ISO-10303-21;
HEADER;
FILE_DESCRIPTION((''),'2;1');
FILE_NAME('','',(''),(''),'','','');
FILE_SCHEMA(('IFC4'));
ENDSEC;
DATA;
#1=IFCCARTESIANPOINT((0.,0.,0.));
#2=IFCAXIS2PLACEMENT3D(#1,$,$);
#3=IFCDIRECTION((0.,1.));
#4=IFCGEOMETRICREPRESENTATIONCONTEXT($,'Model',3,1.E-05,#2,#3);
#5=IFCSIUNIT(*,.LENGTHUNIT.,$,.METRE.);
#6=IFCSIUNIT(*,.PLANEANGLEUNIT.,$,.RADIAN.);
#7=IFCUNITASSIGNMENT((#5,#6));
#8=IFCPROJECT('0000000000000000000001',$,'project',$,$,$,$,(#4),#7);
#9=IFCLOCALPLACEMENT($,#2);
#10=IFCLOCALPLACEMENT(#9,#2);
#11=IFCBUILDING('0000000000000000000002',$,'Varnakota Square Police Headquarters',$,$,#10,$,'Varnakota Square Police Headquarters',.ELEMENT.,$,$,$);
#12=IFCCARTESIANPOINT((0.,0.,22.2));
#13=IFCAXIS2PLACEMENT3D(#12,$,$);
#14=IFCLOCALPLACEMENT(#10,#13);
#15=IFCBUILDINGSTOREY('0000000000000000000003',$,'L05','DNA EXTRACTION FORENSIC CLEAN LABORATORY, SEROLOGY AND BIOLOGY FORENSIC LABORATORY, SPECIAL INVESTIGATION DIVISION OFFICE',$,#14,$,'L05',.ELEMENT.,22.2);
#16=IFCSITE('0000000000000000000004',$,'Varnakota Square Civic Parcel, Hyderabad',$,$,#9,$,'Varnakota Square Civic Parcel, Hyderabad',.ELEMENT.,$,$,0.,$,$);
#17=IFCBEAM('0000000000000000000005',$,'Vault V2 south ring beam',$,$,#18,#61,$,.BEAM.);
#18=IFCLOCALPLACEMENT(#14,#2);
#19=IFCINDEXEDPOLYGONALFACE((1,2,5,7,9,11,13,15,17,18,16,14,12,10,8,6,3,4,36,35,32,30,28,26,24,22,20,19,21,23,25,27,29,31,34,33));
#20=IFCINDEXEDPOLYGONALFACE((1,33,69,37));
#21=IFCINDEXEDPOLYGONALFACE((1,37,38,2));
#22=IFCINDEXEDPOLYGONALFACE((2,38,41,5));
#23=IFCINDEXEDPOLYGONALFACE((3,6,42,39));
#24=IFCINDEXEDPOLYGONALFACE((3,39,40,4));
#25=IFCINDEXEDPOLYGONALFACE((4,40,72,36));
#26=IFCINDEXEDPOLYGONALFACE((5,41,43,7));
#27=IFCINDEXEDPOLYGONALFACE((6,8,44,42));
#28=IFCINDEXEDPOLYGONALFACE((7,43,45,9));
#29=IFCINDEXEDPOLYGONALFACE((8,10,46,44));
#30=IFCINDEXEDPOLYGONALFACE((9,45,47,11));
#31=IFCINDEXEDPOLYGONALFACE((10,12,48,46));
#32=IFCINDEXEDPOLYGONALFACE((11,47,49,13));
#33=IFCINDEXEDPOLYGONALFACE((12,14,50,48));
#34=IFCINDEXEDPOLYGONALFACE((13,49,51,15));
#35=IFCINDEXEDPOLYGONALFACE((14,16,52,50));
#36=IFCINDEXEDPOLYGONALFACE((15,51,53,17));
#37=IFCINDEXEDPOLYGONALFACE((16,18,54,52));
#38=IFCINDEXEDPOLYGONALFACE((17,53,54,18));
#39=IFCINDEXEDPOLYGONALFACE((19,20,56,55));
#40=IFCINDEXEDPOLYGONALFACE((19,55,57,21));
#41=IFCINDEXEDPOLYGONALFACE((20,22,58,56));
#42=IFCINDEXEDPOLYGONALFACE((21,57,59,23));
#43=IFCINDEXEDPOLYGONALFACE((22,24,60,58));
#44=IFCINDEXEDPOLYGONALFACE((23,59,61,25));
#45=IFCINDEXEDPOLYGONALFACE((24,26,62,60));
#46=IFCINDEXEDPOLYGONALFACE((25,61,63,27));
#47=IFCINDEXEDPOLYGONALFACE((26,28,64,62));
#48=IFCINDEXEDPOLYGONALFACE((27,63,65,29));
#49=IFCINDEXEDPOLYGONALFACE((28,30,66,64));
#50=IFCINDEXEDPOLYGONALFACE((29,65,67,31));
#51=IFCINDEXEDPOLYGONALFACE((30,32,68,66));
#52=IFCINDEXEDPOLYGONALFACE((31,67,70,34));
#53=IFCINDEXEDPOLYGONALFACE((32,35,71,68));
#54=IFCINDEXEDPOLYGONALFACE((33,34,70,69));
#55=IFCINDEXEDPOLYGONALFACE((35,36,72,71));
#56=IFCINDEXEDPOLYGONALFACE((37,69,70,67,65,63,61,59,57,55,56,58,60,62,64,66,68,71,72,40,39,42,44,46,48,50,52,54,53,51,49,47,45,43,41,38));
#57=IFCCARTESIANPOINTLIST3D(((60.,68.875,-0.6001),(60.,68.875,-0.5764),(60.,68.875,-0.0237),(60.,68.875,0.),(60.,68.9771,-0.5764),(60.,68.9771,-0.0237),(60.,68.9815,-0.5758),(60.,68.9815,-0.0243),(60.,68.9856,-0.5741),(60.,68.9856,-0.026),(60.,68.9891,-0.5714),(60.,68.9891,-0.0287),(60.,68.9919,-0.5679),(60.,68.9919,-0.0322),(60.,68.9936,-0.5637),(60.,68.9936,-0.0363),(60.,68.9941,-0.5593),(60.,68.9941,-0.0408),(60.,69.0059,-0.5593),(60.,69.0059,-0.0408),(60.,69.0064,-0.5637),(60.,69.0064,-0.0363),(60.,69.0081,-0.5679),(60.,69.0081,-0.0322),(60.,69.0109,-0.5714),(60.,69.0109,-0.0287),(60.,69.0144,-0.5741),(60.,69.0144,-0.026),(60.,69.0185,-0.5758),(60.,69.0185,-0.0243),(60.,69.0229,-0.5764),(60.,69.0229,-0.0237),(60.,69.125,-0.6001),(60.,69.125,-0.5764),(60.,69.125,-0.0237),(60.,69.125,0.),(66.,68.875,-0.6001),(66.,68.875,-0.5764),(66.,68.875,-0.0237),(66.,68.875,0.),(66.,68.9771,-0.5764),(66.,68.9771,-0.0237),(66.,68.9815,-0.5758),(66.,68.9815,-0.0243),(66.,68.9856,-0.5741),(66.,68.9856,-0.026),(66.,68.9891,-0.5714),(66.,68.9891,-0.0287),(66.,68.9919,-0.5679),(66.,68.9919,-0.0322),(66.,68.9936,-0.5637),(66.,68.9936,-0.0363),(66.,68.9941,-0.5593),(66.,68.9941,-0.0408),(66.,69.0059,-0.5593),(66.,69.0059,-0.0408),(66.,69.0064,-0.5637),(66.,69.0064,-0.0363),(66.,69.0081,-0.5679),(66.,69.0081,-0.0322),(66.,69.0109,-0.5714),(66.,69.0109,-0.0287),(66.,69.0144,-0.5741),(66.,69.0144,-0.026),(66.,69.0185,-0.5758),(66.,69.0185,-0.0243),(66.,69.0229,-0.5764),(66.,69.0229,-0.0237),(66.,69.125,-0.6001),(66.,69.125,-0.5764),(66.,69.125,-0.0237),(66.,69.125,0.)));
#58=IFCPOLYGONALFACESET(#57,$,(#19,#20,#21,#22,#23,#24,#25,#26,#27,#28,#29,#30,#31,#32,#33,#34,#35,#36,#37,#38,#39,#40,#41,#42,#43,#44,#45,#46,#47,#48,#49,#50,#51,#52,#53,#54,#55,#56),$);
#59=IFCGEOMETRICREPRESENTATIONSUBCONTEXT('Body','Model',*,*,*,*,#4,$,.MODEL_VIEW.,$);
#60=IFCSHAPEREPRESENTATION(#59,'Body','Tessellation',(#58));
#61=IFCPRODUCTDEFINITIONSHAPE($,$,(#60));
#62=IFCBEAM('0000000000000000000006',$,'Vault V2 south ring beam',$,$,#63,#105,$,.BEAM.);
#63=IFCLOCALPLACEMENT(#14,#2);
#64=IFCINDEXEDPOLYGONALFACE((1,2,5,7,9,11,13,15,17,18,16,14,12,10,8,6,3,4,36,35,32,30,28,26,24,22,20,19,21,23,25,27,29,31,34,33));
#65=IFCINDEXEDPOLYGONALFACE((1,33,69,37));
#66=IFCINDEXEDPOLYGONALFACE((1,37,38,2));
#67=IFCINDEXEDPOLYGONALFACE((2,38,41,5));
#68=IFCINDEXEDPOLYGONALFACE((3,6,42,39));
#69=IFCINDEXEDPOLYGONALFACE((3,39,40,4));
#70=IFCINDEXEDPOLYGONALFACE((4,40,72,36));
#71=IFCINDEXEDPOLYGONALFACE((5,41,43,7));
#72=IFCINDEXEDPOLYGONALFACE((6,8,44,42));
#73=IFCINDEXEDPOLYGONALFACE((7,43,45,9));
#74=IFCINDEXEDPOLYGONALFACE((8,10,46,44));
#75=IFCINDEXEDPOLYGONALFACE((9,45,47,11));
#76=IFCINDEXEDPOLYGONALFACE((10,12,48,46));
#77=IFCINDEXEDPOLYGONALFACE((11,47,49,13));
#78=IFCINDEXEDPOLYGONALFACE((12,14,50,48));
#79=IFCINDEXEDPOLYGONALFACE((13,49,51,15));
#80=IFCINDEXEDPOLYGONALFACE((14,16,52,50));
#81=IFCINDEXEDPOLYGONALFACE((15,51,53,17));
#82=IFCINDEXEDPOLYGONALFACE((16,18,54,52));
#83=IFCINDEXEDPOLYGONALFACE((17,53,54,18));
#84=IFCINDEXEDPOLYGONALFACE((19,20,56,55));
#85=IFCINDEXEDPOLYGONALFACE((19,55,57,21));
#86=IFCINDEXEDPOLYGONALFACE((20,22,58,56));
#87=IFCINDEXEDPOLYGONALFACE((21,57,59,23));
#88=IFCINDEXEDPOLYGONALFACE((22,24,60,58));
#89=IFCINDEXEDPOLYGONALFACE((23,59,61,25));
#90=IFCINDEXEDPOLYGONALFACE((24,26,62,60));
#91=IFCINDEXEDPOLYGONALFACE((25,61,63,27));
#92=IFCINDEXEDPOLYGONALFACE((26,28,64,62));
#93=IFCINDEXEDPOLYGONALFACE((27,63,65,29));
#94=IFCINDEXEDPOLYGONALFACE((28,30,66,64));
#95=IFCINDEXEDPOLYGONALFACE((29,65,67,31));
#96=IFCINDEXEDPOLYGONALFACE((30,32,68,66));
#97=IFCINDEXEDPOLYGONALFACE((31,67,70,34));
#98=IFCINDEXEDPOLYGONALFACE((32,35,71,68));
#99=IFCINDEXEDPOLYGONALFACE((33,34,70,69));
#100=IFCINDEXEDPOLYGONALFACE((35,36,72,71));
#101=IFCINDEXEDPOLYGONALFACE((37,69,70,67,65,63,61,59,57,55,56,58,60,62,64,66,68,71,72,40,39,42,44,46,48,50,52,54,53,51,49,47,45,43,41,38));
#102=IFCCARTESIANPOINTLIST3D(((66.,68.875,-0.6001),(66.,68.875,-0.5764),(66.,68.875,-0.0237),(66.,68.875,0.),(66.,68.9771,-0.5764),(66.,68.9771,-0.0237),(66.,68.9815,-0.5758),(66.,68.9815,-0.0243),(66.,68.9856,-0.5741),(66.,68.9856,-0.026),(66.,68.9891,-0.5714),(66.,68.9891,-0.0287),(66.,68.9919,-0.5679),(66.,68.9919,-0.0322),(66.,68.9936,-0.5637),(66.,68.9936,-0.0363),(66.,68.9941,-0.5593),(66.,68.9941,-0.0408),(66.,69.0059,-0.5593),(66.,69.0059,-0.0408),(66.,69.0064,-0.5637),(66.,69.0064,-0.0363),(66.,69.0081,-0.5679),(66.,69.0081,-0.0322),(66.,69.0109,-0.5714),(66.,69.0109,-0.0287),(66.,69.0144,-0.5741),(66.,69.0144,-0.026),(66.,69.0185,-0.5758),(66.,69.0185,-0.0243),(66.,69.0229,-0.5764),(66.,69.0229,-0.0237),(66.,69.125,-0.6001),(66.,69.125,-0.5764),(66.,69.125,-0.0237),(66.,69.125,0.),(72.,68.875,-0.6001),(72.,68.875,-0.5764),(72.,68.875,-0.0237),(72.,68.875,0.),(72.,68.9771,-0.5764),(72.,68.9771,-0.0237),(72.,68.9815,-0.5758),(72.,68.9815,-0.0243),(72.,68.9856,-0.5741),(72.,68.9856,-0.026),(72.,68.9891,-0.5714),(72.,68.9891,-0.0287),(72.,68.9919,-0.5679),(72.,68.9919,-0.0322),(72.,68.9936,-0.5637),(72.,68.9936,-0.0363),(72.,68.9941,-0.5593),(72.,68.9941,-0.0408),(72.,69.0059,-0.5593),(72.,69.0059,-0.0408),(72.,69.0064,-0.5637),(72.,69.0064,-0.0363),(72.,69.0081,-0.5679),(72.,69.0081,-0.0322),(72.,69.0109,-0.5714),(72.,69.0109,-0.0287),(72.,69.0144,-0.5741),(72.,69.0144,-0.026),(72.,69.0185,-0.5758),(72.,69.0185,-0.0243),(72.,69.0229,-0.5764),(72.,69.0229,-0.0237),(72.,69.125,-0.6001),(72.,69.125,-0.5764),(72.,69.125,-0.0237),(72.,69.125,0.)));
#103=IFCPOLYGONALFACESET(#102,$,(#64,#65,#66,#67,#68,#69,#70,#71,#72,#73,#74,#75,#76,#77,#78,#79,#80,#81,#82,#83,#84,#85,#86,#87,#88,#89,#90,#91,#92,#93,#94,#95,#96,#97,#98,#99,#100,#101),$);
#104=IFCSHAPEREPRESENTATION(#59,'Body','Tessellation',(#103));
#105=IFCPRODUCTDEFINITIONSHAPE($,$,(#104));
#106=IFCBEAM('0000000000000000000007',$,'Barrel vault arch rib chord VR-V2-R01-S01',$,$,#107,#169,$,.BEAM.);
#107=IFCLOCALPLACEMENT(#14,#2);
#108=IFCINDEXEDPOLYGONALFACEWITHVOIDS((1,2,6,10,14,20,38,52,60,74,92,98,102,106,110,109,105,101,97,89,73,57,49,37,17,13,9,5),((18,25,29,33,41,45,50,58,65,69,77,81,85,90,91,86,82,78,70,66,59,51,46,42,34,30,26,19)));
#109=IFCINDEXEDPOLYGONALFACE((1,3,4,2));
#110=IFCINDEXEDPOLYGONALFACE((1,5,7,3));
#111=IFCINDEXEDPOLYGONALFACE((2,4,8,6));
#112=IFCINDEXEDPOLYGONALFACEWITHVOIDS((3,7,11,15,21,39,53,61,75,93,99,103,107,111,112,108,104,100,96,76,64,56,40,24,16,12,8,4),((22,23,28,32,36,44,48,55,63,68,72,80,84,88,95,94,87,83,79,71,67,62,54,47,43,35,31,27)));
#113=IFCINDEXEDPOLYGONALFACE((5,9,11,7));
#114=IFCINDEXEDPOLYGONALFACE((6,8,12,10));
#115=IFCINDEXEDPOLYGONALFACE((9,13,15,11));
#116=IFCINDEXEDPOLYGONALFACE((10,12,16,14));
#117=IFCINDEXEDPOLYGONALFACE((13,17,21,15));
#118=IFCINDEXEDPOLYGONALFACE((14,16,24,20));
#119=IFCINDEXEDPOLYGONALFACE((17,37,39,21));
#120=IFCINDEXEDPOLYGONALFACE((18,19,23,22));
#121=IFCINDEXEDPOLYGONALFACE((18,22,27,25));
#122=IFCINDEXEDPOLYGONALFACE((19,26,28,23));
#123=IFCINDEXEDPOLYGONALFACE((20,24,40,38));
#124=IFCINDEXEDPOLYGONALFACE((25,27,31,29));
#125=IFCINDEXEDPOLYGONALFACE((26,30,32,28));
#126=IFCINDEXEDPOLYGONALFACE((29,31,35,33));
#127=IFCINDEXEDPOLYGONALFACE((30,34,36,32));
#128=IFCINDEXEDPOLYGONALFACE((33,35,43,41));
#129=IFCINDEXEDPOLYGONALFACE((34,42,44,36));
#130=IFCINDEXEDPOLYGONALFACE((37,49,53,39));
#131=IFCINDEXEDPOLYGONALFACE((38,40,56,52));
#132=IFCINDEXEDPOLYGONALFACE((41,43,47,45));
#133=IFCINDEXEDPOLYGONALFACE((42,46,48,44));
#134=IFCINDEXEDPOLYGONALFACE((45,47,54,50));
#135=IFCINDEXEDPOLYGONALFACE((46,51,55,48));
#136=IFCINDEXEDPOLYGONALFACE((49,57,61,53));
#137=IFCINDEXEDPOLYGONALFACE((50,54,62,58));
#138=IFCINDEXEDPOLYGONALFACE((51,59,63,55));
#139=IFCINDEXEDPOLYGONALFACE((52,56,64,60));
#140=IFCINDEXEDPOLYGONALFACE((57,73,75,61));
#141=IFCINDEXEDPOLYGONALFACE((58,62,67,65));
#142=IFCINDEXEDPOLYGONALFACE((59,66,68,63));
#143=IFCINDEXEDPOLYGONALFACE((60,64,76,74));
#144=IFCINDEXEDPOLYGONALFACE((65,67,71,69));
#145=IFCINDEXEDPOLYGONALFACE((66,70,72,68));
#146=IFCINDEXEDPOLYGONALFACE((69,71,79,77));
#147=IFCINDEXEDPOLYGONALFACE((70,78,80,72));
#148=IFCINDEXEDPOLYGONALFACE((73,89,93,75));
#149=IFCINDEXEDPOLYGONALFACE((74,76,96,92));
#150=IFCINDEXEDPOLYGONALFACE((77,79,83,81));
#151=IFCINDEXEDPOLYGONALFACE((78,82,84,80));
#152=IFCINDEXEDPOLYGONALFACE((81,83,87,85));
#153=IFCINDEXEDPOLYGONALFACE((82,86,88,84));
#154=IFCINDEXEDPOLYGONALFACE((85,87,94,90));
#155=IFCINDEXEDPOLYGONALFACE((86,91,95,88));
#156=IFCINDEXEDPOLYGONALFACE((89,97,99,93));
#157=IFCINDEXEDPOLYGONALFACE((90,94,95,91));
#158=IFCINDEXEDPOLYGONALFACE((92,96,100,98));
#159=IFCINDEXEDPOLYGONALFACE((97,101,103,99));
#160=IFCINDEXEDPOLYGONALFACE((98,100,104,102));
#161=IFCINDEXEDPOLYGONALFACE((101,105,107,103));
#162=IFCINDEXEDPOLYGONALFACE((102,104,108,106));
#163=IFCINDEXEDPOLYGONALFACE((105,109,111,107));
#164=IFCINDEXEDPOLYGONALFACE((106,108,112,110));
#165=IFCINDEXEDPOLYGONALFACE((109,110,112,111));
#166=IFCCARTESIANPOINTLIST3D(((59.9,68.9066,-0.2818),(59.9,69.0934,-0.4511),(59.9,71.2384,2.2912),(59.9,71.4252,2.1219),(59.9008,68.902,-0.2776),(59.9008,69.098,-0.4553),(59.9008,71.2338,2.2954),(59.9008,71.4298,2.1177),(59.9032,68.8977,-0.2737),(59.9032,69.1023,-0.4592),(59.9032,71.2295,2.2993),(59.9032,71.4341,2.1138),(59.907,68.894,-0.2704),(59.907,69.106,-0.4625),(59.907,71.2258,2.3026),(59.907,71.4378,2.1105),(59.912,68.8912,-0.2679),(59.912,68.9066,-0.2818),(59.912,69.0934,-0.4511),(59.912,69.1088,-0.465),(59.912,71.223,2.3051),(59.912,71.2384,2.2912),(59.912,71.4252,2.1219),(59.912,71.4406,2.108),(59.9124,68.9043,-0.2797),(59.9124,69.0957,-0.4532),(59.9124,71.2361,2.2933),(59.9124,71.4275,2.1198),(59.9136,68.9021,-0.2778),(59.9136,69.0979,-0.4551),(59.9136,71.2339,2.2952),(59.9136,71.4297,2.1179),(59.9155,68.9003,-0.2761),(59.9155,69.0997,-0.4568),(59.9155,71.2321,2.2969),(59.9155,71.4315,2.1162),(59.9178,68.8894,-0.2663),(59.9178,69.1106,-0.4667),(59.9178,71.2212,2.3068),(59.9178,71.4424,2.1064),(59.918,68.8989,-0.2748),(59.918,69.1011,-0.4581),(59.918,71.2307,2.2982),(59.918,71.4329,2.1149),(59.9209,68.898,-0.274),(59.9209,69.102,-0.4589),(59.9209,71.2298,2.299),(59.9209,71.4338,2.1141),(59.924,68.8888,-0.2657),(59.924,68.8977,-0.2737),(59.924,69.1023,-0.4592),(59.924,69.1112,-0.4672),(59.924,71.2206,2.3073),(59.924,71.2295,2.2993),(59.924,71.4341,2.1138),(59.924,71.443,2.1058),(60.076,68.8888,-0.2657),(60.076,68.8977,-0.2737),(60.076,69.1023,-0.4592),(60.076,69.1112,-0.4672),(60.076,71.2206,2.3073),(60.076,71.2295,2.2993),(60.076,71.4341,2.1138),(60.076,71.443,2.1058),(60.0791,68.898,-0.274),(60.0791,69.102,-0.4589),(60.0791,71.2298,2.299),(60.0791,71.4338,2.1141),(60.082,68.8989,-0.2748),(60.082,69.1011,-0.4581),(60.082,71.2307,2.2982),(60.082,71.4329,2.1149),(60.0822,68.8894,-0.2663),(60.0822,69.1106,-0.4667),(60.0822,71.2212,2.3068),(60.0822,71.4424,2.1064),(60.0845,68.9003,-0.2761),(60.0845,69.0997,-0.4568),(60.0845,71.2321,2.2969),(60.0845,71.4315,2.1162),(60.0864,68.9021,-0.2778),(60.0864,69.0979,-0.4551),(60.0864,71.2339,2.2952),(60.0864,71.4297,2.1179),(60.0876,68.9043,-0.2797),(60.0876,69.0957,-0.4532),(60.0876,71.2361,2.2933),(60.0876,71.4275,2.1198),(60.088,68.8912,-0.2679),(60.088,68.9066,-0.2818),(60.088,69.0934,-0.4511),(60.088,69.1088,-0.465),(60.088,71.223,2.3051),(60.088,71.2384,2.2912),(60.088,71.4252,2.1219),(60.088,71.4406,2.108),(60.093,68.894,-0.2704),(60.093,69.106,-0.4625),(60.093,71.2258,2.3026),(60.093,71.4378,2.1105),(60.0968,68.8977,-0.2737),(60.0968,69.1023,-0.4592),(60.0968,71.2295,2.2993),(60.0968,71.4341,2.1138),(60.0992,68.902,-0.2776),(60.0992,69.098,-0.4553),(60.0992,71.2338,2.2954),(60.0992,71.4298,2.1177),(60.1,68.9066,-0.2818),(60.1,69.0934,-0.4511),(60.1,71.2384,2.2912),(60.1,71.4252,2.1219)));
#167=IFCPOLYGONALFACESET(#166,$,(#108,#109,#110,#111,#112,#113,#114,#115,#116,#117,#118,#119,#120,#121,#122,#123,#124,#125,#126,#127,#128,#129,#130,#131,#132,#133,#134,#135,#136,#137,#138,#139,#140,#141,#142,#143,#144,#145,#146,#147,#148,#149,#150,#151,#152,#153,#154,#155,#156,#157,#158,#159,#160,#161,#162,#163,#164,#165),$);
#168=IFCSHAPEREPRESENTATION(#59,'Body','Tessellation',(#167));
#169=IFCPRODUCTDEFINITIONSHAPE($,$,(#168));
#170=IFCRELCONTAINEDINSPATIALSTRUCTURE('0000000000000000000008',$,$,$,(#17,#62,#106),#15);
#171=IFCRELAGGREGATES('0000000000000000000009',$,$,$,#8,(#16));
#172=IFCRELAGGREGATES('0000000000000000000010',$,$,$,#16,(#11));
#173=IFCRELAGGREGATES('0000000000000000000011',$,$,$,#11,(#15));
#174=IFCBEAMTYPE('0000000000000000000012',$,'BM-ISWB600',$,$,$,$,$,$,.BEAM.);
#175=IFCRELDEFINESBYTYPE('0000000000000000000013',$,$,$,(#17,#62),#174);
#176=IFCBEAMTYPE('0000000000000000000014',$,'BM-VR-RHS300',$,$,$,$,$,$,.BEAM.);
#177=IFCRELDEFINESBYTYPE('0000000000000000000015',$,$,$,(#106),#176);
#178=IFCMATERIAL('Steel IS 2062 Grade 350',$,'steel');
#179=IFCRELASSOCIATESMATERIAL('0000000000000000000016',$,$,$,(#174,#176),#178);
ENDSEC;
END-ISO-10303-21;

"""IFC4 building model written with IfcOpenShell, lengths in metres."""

from ifc_helpers import new_model, si_unit, direction, frame, origin, origin_2d, place, context, subcontext, project, spatial, hollow_rectangle, i_section, extrude, material, material_profile, profile_set, type_object, element, save


model = new_model("IFC4")

# Units and contexts
model_context = context("Model", 3, precision=1e-05, world=origin(), true_north=direction((0.0, 1.0)))
body_context = subcontext(model_context, "Body", "Model", "MODEL_VIEW")
ifc_project = project(units=[si_unit("LENGTHUNIT", "METRE"), si_unit("PLANEANGLEUNIT", "RADIAN")], contexts=[model_context])

# Site, building, storey
site_placement = place(None, origin())
site = spatial("IfcSite", under=ifc_project, at=site_placement, Name="Varnakota Square Civic Parcel, Hyderabad", LongName="Varnakota Square Civic Parcel, Hyderabad", CompositionType="ELEMENT", RefElevation=0.0)
building_placement = place(site_placement, origin())
building = spatial("IfcBuilding", under=site, at=building_placement, Name="Varnakota Square Police Headquarters", LongName="Varnakota Square Police Headquarters", CompositionType="ELEMENT")
storey_placement = place(building_placement, frame((0.0, 0.0, 22.2)))
storey = spatial("IfcBuildingStorey", under=building, at=storey_placement, Name="L05", Description="DNA EXTRACTION FORENSIC CLEAN LABORATORY, SEROLOGY AND BIOLOGY FORENSIC LABORATORY, SPECIAL INVESTIGATION DIVISION OFFICE", LongName="L05", CompositionType="ELEMENT", Elevation=22.2)

# Shared definitions
ifc_material_1 = material(Name="Steel IS 2062 Grade 350", Category="steel")

# Beams
ifc_material_profile_1 = material_profile(ifc_material_1, i_section(OverallWidth=0.25, OverallDepth=0.6001, WebThickness=0.0117, FlangeThickness=0.0237, FilletRadius=0.0171, at=origin_2d()), Name="ISWB 600")
ifc_profile_set_1 = profile_set([ifc_material_profile_1], Name="Steel IS 2062 Grade 350")
beam_type_1 = type_object("IfcBeamType", Name="BM-ISWB600", PredefinedType="BEAM", material=ifc_profile_set_1)
for number, where, z_axis, x_axis, name in (
    (1, (60.0, 69.0, -0.3), (1.0, 0.0, 0.0), (0.0, 1.0, 0.0), "Vault V2 south ring beam"),
    (2, (66.0, 69.0, -0.3), (1.0, 0.0, 0.0), (0.0, 1.0, 0.0), "Vault V2 south ring beam"),
):
    element("IfcBeam", number, at=place(storey_placement, frame(where, z_axis=z_axis, x_axis=x_axis)), inside=storey, type_object=beam_type_1, Name=name, PredefinedType="BEAM", context=body_context, shape_type="SweptSolid", body=[
        extrude(i_section(OverallWidth=0.25, OverallDepth=0.6001, WebThickness=0.0117, FlangeThickness=0.0237, FilletRadius=0.0171, at=origin_2d()), origin(), (0.0, 0.0, 1.0), 6.0),
    ])
ifc_material_profile_2 = material_profile(ifc_material_1, hollow_rectangle(XDim=0.2, YDim=0.3, WallThickness=0.012, InnerFilletRadius=0.012, OuterFilletRadius=0.0239, at=origin_2d()), Name="RHS 300x200x12")
ifc_profile_set_2 = profile_set([ifc_material_profile_2], Name="Steel IS 2062 Grade 350")
beam_type_2 = type_object("IfcBeamType", Name="BM-VR-RHS300", PredefinedType="BEAM", material=ifc_profile_set_2)
beam_1_placement = place(storey_placement, frame((60.0, 69.0, -0.3665), z_axis=(0.0, 0.671521, 0.740986), x_axis=(-1.0, 0.0, 0.0)))
element("IfcBeam", 3, at=beam_1_placement, inside=storey, type_object=beam_type_2, Name="Barrel vault arch rib chord VR-V2-R01-S01", PredefinedType="BEAM", context=body_context, shape_type="SweptSolid", body=[
    extrude(hollow_rectangle(XDim=0.2, YDim=0.3, WallThickness=0.012, InnerFilletRadius=0.012, OuterFilletRadius=0.0239, at=origin_2d()), origin(), (0.0, 0.0, 1.0), 3.4724),
])

save(model, "model.ifc")
